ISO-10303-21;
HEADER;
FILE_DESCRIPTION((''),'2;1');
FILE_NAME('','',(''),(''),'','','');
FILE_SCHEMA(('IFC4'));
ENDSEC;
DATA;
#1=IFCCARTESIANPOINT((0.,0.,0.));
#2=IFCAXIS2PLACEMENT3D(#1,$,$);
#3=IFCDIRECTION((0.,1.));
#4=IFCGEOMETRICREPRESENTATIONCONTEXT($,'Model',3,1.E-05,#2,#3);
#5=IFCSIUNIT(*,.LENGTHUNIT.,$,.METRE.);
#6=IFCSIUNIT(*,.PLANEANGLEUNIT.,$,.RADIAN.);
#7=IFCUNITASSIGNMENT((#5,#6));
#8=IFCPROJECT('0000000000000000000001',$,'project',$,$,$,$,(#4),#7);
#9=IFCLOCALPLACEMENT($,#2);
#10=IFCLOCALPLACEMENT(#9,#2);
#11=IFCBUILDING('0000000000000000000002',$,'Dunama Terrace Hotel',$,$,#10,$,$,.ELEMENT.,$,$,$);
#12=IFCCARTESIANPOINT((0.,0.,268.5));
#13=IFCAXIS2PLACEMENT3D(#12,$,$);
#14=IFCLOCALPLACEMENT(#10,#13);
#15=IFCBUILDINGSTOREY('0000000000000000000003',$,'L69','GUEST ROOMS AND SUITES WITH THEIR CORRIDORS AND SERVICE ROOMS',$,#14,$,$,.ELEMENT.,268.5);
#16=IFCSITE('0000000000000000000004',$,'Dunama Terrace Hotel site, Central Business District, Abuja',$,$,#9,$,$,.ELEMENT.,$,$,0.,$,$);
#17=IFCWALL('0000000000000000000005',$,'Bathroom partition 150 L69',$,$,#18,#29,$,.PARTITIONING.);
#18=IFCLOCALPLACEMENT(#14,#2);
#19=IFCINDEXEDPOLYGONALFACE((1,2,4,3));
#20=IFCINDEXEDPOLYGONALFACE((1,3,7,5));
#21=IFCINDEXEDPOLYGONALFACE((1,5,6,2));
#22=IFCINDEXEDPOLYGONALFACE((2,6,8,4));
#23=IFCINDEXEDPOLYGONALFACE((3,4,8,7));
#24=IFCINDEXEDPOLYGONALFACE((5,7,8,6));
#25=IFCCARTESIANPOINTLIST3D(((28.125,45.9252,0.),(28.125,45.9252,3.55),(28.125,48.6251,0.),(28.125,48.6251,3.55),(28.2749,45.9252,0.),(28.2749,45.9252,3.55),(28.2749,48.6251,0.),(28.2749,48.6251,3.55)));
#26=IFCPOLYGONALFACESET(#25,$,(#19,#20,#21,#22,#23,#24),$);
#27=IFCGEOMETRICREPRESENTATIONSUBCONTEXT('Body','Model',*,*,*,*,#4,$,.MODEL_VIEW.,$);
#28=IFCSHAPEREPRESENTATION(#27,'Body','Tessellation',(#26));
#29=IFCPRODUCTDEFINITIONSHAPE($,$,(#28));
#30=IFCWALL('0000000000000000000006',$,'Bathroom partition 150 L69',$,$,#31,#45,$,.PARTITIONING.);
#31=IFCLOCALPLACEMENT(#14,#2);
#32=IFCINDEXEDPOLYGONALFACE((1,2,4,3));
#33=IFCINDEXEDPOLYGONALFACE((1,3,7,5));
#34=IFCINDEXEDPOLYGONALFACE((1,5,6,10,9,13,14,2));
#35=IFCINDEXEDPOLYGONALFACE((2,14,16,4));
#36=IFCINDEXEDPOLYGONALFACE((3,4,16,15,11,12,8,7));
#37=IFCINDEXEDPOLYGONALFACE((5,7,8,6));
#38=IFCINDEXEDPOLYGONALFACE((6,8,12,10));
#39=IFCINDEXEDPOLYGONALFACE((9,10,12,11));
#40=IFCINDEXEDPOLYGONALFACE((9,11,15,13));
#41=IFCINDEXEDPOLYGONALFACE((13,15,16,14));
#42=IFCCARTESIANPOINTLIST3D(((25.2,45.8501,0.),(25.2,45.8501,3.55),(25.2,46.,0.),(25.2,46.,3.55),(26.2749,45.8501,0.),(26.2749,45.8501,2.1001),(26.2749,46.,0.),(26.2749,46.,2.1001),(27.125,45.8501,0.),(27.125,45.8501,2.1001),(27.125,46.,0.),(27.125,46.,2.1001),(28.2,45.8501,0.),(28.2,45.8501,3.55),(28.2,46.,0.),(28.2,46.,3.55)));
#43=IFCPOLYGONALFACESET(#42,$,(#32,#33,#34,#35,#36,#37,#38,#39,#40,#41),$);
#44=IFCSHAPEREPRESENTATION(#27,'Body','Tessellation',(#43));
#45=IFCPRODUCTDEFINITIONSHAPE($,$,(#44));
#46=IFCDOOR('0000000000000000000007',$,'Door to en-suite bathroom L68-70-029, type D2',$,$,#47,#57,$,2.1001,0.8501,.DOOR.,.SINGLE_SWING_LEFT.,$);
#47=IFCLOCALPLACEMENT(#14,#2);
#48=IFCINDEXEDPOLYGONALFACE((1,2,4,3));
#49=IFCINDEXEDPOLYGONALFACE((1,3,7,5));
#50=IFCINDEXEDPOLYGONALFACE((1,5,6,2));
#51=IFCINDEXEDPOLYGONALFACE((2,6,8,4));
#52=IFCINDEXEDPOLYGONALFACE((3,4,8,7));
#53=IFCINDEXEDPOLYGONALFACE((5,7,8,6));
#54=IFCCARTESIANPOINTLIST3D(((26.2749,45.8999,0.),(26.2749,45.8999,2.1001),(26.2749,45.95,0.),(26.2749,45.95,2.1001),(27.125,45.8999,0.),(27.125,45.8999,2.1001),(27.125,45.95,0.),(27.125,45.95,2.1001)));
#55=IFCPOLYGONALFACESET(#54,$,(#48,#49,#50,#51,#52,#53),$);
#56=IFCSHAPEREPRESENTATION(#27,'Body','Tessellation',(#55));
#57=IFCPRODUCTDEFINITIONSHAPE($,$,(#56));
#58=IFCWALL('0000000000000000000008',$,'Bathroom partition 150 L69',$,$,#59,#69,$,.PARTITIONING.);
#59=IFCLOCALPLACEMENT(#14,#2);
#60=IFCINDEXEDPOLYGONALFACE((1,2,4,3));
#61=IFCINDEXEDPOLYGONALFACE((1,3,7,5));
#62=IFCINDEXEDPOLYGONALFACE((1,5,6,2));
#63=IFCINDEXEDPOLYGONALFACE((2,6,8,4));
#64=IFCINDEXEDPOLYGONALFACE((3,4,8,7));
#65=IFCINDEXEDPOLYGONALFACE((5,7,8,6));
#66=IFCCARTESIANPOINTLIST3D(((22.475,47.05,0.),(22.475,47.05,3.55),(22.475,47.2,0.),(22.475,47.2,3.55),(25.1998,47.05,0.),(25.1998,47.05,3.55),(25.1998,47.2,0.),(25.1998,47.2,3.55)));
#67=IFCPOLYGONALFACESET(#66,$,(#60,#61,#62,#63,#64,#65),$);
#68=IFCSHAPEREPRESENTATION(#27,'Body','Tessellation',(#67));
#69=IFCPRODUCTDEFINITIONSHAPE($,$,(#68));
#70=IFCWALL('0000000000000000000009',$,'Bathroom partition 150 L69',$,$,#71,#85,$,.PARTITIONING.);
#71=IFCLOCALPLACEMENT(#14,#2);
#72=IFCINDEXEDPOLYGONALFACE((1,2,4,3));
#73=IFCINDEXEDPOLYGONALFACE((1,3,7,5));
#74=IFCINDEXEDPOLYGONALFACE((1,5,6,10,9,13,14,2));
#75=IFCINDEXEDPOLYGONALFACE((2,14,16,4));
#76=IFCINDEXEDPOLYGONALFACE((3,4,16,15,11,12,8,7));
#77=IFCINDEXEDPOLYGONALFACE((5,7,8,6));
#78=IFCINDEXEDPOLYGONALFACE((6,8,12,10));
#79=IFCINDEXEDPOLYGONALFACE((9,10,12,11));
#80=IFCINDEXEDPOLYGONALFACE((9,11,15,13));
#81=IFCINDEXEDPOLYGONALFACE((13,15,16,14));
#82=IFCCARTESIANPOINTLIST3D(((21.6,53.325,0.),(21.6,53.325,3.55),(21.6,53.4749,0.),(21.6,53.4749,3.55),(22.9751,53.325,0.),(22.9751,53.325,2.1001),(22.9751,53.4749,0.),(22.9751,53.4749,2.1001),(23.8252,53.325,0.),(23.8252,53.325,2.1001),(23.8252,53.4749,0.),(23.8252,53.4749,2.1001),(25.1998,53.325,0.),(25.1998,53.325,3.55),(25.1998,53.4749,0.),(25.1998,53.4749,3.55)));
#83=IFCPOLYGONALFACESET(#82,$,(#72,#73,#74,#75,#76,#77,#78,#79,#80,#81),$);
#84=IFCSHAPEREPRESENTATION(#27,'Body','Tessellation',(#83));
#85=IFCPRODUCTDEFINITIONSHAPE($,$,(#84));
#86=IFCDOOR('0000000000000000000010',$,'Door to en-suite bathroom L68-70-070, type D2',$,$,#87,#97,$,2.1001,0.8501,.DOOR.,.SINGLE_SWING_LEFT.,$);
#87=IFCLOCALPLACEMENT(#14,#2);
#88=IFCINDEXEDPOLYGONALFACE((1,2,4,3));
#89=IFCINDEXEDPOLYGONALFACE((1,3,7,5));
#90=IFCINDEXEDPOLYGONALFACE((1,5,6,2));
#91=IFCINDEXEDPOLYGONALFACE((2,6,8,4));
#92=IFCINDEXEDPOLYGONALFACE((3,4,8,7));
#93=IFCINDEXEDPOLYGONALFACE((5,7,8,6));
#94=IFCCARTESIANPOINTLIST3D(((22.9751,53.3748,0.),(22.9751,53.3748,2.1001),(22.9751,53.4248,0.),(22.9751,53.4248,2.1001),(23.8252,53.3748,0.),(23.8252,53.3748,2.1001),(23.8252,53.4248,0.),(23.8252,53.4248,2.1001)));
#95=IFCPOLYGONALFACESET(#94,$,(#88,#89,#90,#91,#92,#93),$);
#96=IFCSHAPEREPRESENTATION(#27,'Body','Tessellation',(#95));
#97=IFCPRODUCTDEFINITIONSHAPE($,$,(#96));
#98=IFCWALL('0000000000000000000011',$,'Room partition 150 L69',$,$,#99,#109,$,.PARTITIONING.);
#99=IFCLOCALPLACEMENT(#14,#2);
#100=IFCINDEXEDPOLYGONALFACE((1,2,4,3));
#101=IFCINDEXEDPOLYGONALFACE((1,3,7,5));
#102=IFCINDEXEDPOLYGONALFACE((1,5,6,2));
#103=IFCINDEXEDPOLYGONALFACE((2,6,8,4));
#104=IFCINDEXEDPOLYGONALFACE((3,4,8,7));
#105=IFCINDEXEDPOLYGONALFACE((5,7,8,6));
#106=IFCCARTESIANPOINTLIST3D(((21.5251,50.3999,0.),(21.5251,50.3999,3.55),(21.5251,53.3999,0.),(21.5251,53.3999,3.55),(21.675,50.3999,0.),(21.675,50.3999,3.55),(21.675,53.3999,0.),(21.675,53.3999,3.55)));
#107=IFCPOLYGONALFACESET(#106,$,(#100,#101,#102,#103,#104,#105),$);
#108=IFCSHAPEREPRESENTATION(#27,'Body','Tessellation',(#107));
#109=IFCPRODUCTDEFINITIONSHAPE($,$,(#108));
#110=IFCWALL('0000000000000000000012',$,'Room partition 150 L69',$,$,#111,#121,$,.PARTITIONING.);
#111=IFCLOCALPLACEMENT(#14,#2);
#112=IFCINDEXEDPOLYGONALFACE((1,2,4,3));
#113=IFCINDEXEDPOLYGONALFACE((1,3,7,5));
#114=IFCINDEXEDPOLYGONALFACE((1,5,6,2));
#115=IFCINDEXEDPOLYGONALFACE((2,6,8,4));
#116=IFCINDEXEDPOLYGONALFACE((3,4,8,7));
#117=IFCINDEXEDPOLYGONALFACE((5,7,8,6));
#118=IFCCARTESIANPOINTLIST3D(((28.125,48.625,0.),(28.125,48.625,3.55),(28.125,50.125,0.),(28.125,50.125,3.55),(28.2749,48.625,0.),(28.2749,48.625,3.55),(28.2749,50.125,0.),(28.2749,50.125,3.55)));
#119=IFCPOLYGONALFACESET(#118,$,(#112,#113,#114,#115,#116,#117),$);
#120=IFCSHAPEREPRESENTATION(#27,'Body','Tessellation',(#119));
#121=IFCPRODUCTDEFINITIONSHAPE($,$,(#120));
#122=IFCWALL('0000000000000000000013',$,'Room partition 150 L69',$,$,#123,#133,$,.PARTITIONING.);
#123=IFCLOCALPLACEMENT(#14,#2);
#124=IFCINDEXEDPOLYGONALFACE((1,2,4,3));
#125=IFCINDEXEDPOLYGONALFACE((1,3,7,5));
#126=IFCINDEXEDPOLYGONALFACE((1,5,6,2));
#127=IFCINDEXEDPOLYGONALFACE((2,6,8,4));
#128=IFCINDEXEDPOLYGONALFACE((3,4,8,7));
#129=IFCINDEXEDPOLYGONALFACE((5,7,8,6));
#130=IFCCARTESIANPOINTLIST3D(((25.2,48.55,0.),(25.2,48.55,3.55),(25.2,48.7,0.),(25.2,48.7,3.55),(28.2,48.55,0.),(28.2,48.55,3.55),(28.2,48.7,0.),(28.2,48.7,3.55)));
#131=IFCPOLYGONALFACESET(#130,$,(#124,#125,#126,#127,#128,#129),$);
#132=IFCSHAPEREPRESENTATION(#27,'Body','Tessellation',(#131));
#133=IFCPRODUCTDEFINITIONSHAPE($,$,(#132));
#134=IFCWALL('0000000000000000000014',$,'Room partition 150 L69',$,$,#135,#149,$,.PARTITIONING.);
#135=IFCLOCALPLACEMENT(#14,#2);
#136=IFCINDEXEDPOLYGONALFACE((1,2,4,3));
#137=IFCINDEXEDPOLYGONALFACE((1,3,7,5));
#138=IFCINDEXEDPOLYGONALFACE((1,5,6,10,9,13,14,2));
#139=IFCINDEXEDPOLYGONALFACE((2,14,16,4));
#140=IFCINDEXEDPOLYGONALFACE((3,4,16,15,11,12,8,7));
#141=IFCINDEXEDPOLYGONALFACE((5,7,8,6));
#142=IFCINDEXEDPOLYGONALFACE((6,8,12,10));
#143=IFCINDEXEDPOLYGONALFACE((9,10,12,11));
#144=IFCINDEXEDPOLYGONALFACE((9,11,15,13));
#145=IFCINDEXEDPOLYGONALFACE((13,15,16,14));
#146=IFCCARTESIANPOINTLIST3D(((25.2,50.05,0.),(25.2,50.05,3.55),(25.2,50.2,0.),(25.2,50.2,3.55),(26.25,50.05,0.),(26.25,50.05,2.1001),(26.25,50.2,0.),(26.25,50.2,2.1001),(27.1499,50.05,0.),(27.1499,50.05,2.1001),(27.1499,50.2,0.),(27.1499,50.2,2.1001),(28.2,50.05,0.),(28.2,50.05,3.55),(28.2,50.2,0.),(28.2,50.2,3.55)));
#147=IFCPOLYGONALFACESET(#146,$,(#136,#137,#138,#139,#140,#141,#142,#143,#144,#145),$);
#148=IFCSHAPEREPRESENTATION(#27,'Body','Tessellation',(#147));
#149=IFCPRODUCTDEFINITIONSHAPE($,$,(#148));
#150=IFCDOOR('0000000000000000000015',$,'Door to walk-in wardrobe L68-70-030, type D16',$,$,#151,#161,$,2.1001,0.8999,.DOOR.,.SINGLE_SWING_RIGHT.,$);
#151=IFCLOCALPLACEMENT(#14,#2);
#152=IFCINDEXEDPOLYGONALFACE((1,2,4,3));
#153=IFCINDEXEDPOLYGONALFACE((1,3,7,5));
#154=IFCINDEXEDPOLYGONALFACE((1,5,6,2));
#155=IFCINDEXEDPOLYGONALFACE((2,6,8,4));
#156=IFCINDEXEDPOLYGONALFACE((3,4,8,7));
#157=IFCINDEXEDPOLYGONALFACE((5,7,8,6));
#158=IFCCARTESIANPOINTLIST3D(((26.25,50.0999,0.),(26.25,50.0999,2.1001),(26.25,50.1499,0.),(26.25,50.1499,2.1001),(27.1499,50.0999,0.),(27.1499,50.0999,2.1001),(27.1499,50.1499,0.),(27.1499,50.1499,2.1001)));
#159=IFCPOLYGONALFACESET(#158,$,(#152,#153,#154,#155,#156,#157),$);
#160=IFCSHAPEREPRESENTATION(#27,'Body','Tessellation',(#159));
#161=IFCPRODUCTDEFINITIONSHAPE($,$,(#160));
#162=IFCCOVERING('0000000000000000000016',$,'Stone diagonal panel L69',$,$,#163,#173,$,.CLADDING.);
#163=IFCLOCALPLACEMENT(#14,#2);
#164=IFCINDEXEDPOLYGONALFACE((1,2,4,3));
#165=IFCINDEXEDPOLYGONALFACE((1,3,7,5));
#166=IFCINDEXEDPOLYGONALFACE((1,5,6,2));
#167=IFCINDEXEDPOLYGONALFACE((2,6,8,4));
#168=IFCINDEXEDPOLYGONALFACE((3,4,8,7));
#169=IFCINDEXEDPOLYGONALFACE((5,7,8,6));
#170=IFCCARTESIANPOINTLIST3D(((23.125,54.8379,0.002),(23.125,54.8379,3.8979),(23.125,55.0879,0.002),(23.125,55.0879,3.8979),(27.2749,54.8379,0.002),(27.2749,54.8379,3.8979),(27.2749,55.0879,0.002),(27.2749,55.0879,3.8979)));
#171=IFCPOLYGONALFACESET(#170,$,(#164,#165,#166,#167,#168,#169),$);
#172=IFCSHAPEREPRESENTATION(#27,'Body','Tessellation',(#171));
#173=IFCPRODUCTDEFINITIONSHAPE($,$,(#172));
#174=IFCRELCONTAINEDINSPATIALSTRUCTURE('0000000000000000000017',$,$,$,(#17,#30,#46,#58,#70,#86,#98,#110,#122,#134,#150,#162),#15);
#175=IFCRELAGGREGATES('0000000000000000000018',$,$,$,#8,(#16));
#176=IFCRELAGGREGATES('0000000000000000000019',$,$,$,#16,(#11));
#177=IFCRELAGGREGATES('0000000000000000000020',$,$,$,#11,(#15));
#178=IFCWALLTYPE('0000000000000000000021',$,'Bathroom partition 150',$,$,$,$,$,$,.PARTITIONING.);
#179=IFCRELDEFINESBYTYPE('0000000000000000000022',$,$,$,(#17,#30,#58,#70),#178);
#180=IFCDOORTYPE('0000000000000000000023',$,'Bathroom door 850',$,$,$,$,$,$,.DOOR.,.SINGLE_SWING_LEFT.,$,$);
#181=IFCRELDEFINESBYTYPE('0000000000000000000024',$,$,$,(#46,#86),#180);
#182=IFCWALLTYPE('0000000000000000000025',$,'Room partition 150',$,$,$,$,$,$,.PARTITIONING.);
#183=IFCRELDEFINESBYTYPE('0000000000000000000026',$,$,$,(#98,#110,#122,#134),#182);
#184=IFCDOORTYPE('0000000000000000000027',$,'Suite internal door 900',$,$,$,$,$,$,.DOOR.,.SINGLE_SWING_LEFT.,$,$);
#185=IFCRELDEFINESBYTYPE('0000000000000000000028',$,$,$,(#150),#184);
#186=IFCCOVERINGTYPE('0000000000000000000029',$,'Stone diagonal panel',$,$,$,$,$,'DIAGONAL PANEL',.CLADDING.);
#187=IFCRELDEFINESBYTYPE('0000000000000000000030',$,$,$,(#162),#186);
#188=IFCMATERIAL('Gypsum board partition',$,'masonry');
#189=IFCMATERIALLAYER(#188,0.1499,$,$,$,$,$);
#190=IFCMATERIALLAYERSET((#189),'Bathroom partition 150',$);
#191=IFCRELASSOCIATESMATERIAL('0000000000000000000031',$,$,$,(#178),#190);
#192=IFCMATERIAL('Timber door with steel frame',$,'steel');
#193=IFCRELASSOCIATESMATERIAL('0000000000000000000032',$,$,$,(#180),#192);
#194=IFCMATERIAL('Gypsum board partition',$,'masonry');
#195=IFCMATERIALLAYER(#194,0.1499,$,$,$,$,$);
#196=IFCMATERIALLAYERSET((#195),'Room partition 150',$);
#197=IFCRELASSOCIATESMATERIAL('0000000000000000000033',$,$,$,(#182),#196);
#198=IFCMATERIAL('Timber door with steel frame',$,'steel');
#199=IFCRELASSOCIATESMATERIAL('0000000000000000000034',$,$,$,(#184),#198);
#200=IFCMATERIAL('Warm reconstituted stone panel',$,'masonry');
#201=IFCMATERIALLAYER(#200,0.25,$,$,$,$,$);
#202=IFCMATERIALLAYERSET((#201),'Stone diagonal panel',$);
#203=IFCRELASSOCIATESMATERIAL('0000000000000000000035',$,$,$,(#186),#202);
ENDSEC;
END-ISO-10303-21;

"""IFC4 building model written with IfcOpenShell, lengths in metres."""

from ifc_helpers import new_model, si_unit, direction, frame, frame_2d, origin, origin_2d, place, context, subcontext, project, spatial, rectangle, extrude, material, layer, layer_set, type_object, element, fill, save


model = new_model("IFC4")

# Units and contexts
model_context = context("Model", 3, precision=1e-05, world=origin(), true_north=direction((0.0, 1.0)))
body_context = subcontext(model_context, "Body", "Model", "MODEL_VIEW")
ifc_project = project(units=[si_unit("LENGTHUNIT", "METRE"), si_unit("PLANEANGLEUNIT", "RADIAN")], contexts=[model_context])

# Site, building, storey
site_placement = place(None, origin())
site = spatial("IfcSite", under=ifc_project, at=site_placement, Name="Dunama Terrace Hotel site, Central Business District, Abuja", CompositionType="ELEMENT", RefElevation=0.0)
building_placement = place(site_placement, origin())
building = spatial("IfcBuilding", under=site, at=building_placement, Name="Dunama Terrace Hotel", CompositionType="ELEMENT")
storey_placement = place(building_placement, frame((0.0, 0.0, 268.5)))
storey = spatial("IfcBuildingStorey", under=building, at=storey_placement, Name="L69", Description="GUEST ROOMS AND SUITES WITH THEIR CORRIDORS AND SERVICE ROOMS", CompositionType="ELEMENT", Elevation=268.5)

# Wall
ifc_material_1 = material(Name="Gypsum board partition", Category="masonry")
ifc_layer_1 = layer(ifc_material_1, 0.1499)
ifc_layer_set_1 = layer_set([ifc_layer_1], Name="Bathroom partition 150")
wall_type_1 = type_object("IfcWallType", Name="Bathroom partition 150", PredefinedType="PARTITIONING", material=ifc_layer_set_1)
wall_1_placement = place(storey_placement, frame((28.2, 45.925, 0.0), z_axis=(0.0, 0.0, 1.0), x_axis=(0.0, 1.0, 0.0)))
element("IfcWall", 1, at=wall_1_placement, inside=storey, type_object=wall_type_1, Name="Bathroom partition 150 L69", PredefinedType="PARTITIONING", context=body_context, shape_type="SweptSolid", body=[
    extrude(rectangle(XDim=2.7, YDim=0.1499, at=frame_2d((1.3501, 0.0))), origin(), (0.0, 0.0, 1.0), 3.55),
])

# Wall, opening, door
wall_2_placement = place(storey_placement, frame((25.2, 45.925, 0.0), z_axis=(0.0, 0.0, 1.0), x_axis=(1.0, 0.0, 0.0)))
wall_2 = element("IfcWall", 2, at=wall_2_placement, inside=storey, type_object=wall_type_1, Name="Bathroom partition 150 L69", PredefinedType="PARTITIONING", context=body_context, shape_type="SweptSolid", body=[
    extrude(rectangle(XDim=3.0, YDim=0.1499, at=frame_2d((1.5, 0.0))), origin(), (0.0, 0.0, 1.0), 3.55),
])
opening_1_placement = place(wall_2_placement, frame((1.075, 0.0, 0.0)))
opening_1 = element("IfcOpeningElement", 3, at=opening_1_placement, cuts=wall_2, PredefinedType="OPENING", context=body_context, shape_type="SweptSolid", body=[
    extrude(rectangle(XDim=0.8501, YDim=2.1001, at=frame_2d((0.425, 1.05))), frame((0.0, 0.085, 0.0), z_axis=(0.0, -1.0, 0.0), x_axis=(1.0, 0.0, 0.0)), (0.0, 0.0, 1.0), 0.1699),
])
ifc_material_2 = material(Name="Timber door with steel frame", Category="steel")
door_type_1 = type_object("IfcDoorType", Name="Bathroom door 850", OperationType="SINGLE_SWING_LEFT", PredefinedType="DOOR", material=ifc_material_2)
door_1_placement = place(opening_1_placement, origin())
door_1 = element("IfcDoor", 4, at=door_1_placement, inside=storey, type_object=door_type_1, Name="Door to en-suite bathroom L68-70-029, type D2", OperationType="SINGLE_SWING_LEFT", OverallHeight=2.1001, OverallWidth=0.8501, PredefinedType="DOOR", context=body_context, shape_type="SweptSolid", body=[
    extrude(rectangle(XDim=0.8501, YDim=2.1001, at=frame_2d((0.425, 1.05))), frame((0.0, 0.0249, 0.0), z_axis=(0.0, -1.0, 0.0), x_axis=(1.0, 0.0, 0.0)), (0.0, 0.0, 1.0), 0.05),
])
fill(opening_1, door_1)

# Wall
wall_3_placement = place(storey_placement, frame((22.4751, 47.125, 0.0), z_axis=(0.0, 0.0, 1.0), x_axis=(1.0, 0.0, 0.0)))
element("IfcWall", 5, at=wall_3_placement, inside=storey, type_object=wall_type_1, Name="Bathroom partition 150 L69", PredefinedType="PARTITIONING", context=body_context, shape_type="SweptSolid", body=[
    extrude(rectangle(XDim=2.7249, YDim=0.1499, at=frame_2d((1.3623, 0.0))), origin(), (0.0, 0.0, 1.0), 3.55),
])

# Wall, opening, door
wall_4_placement = place(storey_placement, frame((21.6001, 53.3999, 0.0), z_axis=(0.0, 0.0, 1.0), x_axis=(1.0, 0.0, 0.0)))
wall_4 = element("IfcWall", 6, at=wall_4_placement, inside=storey, type_object=wall_type_1, Name="Bathroom partition 150 L69", PredefinedType="PARTITIONING", context=body_context, shape_type="SweptSolid", body=[
    extrude(rectangle(XDim=3.5999, YDim=0.1499, at=frame_2d((1.7998, 0.0))), origin(), (0.0, 0.0, 1.0), 3.55),
])
opening_2_placement = place(wall_4_placement, frame((1.375, 0.0, 0.0)))
opening_2 = element("IfcOpeningElement", 7, at=opening_2_placement, cuts=wall_4, PredefinedType="OPENING", context=body_context, shape_type="SweptSolid", body=[
    extrude(rectangle(XDim=0.8501, YDim=2.1001, at=frame_2d((0.425, 1.05))), frame((0.0, 0.085, 0.0), z_axis=(0.0, -1.0, 0.0), x_axis=(1.0, 0.0, 0.0)), (0.0, 0.0, 1.0), 0.1699),
])
door_2_placement = place(opening_2_placement, frame((0.8501, 0.0, 0.0), z_axis=(0.0, 0.0, 1.0), x_axis=(-1.0, 0.0, 0.0)))
door_2 = element("IfcDoor", 8, at=door_2_placement, inside=storey, type_object=door_type_1, Name="Door to en-suite bathroom L68-70-070, type D2", OperationType="SINGLE_SWING_LEFT", OverallHeight=2.1001, OverallWidth=0.8501, PredefinedType="DOOR", context=body_context, shape_type="SweptSolid", body=[
    extrude(rectangle(XDim=0.8501, YDim=2.1001, at=frame_2d((0.425, 1.05))), frame((0.0, 0.0251, 0.0), z_axis=(0.0, -1.0, 0.0), x_axis=(1.0, 0.0, 0.0)), (0.0, 0.0, 1.0), 0.05),
])
fill(opening_2, door_2)

# Walls
ifc_material_3 = material(Name="Gypsum board partition", Category="masonry")
ifc_layer_2 = layer(ifc_material_3, 0.1499)
ifc_layer_set_2 = layer_set([ifc_layer_2], Name="Room partition 150")
wall_type_2 = type_object("IfcWallType", Name="Room partition 150", PredefinedType="PARTITIONING", material=ifc_layer_set_2)
wall_5_placement = place(storey_placement, frame((21.6001, 50.3999, 0.0), z_axis=(0.0, 0.0, 1.0), x_axis=(0.0, 1.0, 0.0)))
element("IfcWall", 9, at=wall_5_placement, inside=storey, type_object=wall_type_2, Name="Room partition 150 L69", PredefinedType="PARTITIONING", context=body_context, shape_type="SweptSolid", body=[
    extrude(rectangle(XDim=3.0, YDim=0.1499, at=frame_2d((1.5, 0.0))), origin(), (0.0, 0.0, 1.0), 3.55),
])
wall_6_placement = place(storey_placement, frame((28.2, 48.625, 0.0), z_axis=(0.0, 0.0, 1.0), x_axis=(0.0, 1.0, 0.0)))
element("IfcWall", 10, at=wall_6_placement, inside=storey, type_object=wall_type_2, Name="Room partition 150 L69", PredefinedType="PARTITIONING", context=body_context, shape_type="SweptSolid", body=[
    extrude(rectangle(XDim=1.5, YDim=0.1499, at=frame_2d((0.75, 0.0))), origin(), (0.0, 0.0, 1.0), 3.55),
])
wall_7_placement = place(storey_placement, frame((25.2, 48.625, 0.0), z_axis=(0.0, 0.0, 1.0), x_axis=(1.0, 0.0, 0.0)))
element("IfcWall", 11, at=wall_7_placement, inside=storey, type_object=wall_type_2, Name="Room partition 150 L69", PredefinedType="PARTITIONING", context=body_context, shape_type="SweptSolid", body=[
    extrude(rectangle(XDim=3.0, YDim=0.1499, at=frame_2d((1.5, 0.0))), origin(), (0.0, 0.0, 1.0), 3.55),
])

# Wall, opening, door
wall_8_placement = place(storey_placement, frame((25.2, 50.125, 0.0), z_axis=(0.0, 0.0, 1.0), x_axis=(1.0, 0.0, 0.0)))
wall_8 = element("IfcWall", 12, at=wall_8_placement, inside=storey, type_object=wall_type_2, Name="Room partition 150 L69", PredefinedType="PARTITIONING", context=body_context, shape_type="SweptSolid", body=[
    extrude(rectangle(XDim=3.0, YDim=0.1499, at=frame_2d((1.5, 0.0))), origin(), (0.0, 0.0, 1.0), 3.55),
])
opening_3_placement = place(wall_8_placement, frame((1.05, 0.0, 0.0)))
opening_3 = element("IfcOpeningElement", 13, at=opening_3_placement, cuts=wall_8, PredefinedType="OPENING", context=body_context, shape_type="SweptSolid", body=[
    extrude(rectangle(XDim=0.8999, YDim=2.1001, at=frame_2d((0.45, 1.05))), frame((0.0, 0.085, 0.0), z_axis=(0.0, -1.0, 0.0), x_axis=(1.0, 0.0, 0.0)), (0.0, 0.0, 1.0), 0.1699),
])
ifc_material_4 = material(Name="Timber door with steel frame", Category="steel")
door_type_2 = type_object("IfcDoorType", Name="Suite internal door 900", OperationType="SINGLE_SWING_LEFT", PredefinedType="DOOR", material=ifc_material_4)
door_3_placement = place(opening_3_placement, frame((0.8999, 0.0, 0.0), z_axis=(0.0, 0.0, 1.0), x_axis=(-1.0, 0.0, 0.0)))
door_3 = element("IfcDoor", 14, at=door_3_placement, inside=storey, type_object=door_type_2, Name="Door to walk-in wardrobe L68-70-030, type D16", OperationType="SINGLE_SWING_RIGHT", OverallHeight=2.1001, OverallWidth=0.8999, PredefinedType="DOOR", context=body_context, shape_type="SweptSolid", body=[
    extrude(rectangle(XDim=0.8999, YDim=2.1001, at=frame_2d((0.45, 1.05))), frame((0.0, 0.0251, 0.0), z_axis=(0.0, -1.0, 0.0), x_axis=(1.0, 0.0, 0.0)), (0.0, 0.0, 1.0), 0.05),
])
fill(opening_3, door_3)

# Covering
ifc_material_5 = material(Name="Warm reconstituted stone panel", Category="masonry")
ifc_layer_3 = layer(ifc_material_5, 0.25)
ifc_layer_set_3 = layer_set([ifc_layer_3], Name="Stone diagonal panel")
covering_type = type_object("IfcCoveringType", Name="Stone diagonal panel", ElementType="DIAGONAL PANEL", PredefinedType="CLADDING", material=ifc_layer_set_3)
covering_placement = place(storey_placement, frame((25.2, 54.9629, 0.002), z_axis=(0.0, 0.0, 1.0), x_axis=(-1.0, 0.0, 0.0)))
element("IfcCovering", 15, at=covering_placement, inside=storey, type_object=covering_type, Name="Stone diagonal panel L69", PredefinedType="CLADDING", context=body_context, shape_type="SweptSolid", body=[
    extrude(rectangle(XDim=4.1499, YDim=0.25, at=origin_2d()), origin(), (0.0, 0.0, 1.0), 3.896),
])

save(model, "model.ifc")
